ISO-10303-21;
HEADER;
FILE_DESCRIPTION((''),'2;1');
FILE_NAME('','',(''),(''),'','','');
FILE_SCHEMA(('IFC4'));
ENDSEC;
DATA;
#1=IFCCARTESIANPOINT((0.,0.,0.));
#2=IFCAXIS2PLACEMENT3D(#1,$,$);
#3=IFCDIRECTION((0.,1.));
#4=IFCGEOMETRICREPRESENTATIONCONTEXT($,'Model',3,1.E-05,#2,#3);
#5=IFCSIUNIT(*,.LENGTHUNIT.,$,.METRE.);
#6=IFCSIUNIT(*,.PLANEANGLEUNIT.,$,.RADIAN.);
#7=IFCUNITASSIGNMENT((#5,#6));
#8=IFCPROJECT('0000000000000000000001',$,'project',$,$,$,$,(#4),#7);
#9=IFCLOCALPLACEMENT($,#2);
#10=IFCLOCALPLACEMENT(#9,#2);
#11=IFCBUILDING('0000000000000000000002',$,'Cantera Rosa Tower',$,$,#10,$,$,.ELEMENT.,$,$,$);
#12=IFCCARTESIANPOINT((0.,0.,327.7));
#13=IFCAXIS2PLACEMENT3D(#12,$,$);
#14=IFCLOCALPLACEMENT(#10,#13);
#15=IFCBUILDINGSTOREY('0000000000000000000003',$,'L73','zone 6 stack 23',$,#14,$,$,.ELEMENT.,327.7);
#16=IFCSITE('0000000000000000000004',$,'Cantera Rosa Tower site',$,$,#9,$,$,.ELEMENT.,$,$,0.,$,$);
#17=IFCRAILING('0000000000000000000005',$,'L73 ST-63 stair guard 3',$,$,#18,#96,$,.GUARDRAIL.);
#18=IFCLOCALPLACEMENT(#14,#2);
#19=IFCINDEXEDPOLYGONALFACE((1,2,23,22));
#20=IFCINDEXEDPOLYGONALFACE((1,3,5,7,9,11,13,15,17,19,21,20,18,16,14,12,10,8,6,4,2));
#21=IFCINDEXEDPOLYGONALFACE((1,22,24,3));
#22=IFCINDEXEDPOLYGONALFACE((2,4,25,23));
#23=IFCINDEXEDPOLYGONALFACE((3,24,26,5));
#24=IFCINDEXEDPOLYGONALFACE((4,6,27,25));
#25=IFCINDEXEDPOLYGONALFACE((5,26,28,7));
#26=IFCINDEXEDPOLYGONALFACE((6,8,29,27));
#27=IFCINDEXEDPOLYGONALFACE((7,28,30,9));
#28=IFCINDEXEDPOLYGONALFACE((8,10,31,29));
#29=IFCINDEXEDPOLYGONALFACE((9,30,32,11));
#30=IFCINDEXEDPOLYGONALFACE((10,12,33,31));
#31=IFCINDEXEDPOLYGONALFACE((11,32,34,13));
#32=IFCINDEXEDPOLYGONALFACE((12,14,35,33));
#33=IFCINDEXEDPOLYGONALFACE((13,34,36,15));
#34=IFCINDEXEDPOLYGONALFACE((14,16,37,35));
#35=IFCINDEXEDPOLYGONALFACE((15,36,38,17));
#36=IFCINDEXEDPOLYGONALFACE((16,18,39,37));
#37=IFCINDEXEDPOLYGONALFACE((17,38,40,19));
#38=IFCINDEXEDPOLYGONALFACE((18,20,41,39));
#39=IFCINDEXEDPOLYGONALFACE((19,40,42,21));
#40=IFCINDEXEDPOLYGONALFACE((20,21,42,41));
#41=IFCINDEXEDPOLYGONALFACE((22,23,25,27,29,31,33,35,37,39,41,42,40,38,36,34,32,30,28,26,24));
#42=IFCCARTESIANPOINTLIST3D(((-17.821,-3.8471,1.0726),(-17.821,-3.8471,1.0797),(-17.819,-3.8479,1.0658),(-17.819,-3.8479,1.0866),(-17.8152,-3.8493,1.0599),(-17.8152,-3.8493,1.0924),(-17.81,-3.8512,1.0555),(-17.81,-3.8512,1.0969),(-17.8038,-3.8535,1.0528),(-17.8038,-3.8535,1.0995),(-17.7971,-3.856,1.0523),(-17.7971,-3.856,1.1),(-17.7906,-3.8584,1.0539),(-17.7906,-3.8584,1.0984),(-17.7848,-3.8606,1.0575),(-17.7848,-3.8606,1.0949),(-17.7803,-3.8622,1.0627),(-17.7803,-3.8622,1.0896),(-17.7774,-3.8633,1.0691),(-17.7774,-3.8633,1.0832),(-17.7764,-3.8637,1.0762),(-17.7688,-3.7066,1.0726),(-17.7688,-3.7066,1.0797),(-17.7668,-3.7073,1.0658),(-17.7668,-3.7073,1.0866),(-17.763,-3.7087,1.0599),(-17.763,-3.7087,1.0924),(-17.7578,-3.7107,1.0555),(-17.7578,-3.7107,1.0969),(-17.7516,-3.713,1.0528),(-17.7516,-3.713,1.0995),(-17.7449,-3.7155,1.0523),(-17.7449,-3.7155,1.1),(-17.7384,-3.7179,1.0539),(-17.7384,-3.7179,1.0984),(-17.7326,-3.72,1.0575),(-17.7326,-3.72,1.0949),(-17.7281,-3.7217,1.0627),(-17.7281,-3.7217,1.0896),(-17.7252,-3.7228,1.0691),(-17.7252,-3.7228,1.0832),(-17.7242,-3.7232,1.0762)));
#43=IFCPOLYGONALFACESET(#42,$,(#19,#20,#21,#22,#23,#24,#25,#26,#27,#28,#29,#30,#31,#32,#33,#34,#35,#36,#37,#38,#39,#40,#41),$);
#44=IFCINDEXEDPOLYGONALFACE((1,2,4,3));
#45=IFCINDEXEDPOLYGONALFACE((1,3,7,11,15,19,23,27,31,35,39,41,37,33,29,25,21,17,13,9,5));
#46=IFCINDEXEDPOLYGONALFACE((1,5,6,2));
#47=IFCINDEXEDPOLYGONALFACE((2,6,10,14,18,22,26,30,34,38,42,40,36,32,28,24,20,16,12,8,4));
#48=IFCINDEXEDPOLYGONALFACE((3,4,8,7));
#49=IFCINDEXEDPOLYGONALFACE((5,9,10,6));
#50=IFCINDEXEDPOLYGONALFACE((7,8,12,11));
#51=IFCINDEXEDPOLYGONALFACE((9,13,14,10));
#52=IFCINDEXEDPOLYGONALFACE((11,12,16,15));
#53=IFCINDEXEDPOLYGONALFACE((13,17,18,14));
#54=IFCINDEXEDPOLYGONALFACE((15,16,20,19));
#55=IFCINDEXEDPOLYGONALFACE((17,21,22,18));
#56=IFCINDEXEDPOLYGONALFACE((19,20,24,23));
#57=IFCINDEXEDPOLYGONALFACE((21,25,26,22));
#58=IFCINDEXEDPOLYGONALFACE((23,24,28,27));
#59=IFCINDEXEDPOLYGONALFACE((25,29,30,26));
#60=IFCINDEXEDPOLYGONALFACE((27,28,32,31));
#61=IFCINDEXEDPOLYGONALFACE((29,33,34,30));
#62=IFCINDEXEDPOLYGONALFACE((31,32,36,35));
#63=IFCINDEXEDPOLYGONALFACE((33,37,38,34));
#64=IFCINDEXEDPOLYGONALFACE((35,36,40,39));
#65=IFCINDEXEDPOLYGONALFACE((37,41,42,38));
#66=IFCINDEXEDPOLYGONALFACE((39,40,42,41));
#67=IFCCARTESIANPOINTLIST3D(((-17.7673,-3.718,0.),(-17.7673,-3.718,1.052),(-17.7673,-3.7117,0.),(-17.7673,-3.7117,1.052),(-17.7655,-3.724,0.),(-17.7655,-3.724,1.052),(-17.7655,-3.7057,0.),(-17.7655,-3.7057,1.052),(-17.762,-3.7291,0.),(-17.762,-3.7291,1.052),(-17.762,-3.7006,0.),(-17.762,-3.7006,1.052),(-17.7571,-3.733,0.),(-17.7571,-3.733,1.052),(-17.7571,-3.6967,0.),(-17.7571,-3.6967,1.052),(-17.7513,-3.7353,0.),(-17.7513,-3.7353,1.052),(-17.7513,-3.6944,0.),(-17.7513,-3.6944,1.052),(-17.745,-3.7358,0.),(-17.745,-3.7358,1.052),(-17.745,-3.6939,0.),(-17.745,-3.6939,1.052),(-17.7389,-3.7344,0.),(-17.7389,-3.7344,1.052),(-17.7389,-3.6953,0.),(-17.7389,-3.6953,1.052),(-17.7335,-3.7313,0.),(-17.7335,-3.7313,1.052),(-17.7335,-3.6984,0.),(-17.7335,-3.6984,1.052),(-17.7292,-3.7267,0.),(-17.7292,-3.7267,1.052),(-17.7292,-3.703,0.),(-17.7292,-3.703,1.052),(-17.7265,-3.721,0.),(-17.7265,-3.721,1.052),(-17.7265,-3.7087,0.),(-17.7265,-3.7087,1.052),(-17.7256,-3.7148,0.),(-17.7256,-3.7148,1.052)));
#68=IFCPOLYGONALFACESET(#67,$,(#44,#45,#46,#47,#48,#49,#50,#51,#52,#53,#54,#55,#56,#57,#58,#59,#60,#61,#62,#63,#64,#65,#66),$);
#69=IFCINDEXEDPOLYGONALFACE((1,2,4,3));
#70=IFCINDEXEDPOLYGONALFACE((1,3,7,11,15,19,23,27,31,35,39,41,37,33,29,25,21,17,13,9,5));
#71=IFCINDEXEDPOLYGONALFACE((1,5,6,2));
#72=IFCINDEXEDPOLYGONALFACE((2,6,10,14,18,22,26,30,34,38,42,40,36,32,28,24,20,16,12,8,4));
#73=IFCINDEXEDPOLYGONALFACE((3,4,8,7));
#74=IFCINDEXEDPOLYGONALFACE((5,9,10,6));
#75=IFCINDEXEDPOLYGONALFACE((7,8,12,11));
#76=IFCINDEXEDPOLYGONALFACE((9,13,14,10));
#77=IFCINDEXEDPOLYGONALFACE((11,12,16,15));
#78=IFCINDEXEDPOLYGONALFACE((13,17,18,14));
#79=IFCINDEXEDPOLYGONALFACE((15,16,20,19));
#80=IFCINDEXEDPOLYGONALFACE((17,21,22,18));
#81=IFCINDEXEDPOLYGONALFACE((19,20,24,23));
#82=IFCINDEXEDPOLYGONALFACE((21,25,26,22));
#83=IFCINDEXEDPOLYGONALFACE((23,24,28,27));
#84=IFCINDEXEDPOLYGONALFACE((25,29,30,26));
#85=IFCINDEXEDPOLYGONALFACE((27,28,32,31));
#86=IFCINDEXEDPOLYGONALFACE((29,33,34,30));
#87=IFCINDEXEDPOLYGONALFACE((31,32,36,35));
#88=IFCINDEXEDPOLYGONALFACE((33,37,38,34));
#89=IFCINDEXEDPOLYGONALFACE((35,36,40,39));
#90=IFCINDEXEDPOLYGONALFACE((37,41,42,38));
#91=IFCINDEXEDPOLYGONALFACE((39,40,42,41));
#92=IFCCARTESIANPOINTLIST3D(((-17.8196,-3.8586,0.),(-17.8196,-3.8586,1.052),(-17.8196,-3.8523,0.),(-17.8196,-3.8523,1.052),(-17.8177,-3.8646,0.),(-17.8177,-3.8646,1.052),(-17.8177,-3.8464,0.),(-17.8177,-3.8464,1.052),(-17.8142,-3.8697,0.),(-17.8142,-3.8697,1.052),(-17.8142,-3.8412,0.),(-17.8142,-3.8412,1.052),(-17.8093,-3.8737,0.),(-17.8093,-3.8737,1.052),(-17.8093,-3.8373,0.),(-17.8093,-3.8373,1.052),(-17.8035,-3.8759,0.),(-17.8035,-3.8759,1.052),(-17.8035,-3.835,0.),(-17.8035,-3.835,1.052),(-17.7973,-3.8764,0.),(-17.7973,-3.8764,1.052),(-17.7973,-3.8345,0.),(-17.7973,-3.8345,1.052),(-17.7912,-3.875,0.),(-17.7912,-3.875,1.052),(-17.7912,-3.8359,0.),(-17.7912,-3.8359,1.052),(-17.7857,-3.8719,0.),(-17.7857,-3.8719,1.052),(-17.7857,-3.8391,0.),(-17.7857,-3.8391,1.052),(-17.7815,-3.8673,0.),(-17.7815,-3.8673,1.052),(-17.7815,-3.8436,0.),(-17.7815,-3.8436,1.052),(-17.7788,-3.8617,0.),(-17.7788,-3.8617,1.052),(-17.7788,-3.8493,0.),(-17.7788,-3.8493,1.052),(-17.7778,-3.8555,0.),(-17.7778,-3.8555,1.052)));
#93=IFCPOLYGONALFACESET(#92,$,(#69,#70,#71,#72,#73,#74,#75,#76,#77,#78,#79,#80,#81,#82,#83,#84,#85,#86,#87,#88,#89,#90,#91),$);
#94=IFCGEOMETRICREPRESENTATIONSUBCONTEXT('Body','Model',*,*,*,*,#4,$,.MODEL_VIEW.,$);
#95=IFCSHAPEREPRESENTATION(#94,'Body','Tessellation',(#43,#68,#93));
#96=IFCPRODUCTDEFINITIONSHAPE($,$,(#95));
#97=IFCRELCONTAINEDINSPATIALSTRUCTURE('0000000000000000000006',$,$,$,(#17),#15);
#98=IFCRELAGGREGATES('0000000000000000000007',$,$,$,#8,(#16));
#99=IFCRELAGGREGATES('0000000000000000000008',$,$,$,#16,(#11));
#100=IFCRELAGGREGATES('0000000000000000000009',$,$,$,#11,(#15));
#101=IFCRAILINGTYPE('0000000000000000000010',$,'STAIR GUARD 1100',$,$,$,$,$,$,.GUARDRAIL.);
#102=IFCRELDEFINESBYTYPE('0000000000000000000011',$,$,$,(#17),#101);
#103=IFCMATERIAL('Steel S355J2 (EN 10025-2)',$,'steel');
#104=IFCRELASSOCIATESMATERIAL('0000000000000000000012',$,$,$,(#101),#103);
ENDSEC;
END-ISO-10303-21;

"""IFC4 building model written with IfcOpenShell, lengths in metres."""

from ifc_helpers import new_model, si_unit, direction, frame, origin, origin_2d, place, context, subcontext, project, spatial, circle, extrude, material, type_object, element, save


model = new_model("IFC4")

# Units and contexts
model_context = context("Model", 3, precision=1e-05, world=origin(), true_north=direction((0.0, 1.0)))
body_context = subcontext(model_context, "Body", "Model", "MODEL_VIEW")
ifc_project = project(units=[si_unit("LENGTHUNIT", "METRE"), si_unit("PLANEANGLEUNIT", "RADIAN")], contexts=[model_context])

# Site, building, storey
site_placement = place(None, origin())
site = spatial("IfcSite", under=ifc_project, at=site_placement, Name="Cantera Rosa Tower site", CompositionType="ELEMENT", RefElevation=0.0)
building_placement = place(site_placement, origin())
building = spatial("IfcBuilding", under=site, at=building_placement, Name="Cantera Rosa Tower", CompositionType="ELEMENT")
storey_placement = place(building_placement, frame((0.0, 0.0, 327.7)))
storey = spatial("IfcBuildingStorey", under=building, at=storey_placement, Name="L73", Description="zone 6 stack 23", CompositionType="ELEMENT", Elevation=327.7)

# Railing
ifc_material_1 = material(Name="Steel S355J2 (EN 10025-2)", Category="steel")
railing_type_1 = type_object("IfcRailingType", Name="STAIR GUARD 1100", PredefinedType="GUARDRAIL", material=ifc_material_1)
railing_1_placement = place(storey_placement, frame((-17.7466, -3.7148, 0.0)))
element("IfcRailing", 1, at=railing_1_placement, inside=storey, type_object=railing_type_1, Name="L73 ST-63 stair guard 3", PredefinedType="GUARDRAIL", context=body_context, shape_type="SweptSolid", body=[
    extrude(circle(Radius=0.0239, at=origin_2d()), frame((0.0, 0.0, 1.0762), z_axis=(-0.348268, -0.937395, 0.0), x_axis=(0.937395, -0.348268, 0.0)), (0.0, 0.0, 1.0), 0.1499),
    extrude(circle(Radius=0.021, at=origin_2d()), origin(), (0.0, 0.0, 1.0), 1.052),
    extrude(circle(Radius=0.021, at=origin_2d()), frame((-0.0522, -0.1406, 0.0)), (0.0, 0.0, 1.0), 1.052),
])

save(model, "model.ifc")
